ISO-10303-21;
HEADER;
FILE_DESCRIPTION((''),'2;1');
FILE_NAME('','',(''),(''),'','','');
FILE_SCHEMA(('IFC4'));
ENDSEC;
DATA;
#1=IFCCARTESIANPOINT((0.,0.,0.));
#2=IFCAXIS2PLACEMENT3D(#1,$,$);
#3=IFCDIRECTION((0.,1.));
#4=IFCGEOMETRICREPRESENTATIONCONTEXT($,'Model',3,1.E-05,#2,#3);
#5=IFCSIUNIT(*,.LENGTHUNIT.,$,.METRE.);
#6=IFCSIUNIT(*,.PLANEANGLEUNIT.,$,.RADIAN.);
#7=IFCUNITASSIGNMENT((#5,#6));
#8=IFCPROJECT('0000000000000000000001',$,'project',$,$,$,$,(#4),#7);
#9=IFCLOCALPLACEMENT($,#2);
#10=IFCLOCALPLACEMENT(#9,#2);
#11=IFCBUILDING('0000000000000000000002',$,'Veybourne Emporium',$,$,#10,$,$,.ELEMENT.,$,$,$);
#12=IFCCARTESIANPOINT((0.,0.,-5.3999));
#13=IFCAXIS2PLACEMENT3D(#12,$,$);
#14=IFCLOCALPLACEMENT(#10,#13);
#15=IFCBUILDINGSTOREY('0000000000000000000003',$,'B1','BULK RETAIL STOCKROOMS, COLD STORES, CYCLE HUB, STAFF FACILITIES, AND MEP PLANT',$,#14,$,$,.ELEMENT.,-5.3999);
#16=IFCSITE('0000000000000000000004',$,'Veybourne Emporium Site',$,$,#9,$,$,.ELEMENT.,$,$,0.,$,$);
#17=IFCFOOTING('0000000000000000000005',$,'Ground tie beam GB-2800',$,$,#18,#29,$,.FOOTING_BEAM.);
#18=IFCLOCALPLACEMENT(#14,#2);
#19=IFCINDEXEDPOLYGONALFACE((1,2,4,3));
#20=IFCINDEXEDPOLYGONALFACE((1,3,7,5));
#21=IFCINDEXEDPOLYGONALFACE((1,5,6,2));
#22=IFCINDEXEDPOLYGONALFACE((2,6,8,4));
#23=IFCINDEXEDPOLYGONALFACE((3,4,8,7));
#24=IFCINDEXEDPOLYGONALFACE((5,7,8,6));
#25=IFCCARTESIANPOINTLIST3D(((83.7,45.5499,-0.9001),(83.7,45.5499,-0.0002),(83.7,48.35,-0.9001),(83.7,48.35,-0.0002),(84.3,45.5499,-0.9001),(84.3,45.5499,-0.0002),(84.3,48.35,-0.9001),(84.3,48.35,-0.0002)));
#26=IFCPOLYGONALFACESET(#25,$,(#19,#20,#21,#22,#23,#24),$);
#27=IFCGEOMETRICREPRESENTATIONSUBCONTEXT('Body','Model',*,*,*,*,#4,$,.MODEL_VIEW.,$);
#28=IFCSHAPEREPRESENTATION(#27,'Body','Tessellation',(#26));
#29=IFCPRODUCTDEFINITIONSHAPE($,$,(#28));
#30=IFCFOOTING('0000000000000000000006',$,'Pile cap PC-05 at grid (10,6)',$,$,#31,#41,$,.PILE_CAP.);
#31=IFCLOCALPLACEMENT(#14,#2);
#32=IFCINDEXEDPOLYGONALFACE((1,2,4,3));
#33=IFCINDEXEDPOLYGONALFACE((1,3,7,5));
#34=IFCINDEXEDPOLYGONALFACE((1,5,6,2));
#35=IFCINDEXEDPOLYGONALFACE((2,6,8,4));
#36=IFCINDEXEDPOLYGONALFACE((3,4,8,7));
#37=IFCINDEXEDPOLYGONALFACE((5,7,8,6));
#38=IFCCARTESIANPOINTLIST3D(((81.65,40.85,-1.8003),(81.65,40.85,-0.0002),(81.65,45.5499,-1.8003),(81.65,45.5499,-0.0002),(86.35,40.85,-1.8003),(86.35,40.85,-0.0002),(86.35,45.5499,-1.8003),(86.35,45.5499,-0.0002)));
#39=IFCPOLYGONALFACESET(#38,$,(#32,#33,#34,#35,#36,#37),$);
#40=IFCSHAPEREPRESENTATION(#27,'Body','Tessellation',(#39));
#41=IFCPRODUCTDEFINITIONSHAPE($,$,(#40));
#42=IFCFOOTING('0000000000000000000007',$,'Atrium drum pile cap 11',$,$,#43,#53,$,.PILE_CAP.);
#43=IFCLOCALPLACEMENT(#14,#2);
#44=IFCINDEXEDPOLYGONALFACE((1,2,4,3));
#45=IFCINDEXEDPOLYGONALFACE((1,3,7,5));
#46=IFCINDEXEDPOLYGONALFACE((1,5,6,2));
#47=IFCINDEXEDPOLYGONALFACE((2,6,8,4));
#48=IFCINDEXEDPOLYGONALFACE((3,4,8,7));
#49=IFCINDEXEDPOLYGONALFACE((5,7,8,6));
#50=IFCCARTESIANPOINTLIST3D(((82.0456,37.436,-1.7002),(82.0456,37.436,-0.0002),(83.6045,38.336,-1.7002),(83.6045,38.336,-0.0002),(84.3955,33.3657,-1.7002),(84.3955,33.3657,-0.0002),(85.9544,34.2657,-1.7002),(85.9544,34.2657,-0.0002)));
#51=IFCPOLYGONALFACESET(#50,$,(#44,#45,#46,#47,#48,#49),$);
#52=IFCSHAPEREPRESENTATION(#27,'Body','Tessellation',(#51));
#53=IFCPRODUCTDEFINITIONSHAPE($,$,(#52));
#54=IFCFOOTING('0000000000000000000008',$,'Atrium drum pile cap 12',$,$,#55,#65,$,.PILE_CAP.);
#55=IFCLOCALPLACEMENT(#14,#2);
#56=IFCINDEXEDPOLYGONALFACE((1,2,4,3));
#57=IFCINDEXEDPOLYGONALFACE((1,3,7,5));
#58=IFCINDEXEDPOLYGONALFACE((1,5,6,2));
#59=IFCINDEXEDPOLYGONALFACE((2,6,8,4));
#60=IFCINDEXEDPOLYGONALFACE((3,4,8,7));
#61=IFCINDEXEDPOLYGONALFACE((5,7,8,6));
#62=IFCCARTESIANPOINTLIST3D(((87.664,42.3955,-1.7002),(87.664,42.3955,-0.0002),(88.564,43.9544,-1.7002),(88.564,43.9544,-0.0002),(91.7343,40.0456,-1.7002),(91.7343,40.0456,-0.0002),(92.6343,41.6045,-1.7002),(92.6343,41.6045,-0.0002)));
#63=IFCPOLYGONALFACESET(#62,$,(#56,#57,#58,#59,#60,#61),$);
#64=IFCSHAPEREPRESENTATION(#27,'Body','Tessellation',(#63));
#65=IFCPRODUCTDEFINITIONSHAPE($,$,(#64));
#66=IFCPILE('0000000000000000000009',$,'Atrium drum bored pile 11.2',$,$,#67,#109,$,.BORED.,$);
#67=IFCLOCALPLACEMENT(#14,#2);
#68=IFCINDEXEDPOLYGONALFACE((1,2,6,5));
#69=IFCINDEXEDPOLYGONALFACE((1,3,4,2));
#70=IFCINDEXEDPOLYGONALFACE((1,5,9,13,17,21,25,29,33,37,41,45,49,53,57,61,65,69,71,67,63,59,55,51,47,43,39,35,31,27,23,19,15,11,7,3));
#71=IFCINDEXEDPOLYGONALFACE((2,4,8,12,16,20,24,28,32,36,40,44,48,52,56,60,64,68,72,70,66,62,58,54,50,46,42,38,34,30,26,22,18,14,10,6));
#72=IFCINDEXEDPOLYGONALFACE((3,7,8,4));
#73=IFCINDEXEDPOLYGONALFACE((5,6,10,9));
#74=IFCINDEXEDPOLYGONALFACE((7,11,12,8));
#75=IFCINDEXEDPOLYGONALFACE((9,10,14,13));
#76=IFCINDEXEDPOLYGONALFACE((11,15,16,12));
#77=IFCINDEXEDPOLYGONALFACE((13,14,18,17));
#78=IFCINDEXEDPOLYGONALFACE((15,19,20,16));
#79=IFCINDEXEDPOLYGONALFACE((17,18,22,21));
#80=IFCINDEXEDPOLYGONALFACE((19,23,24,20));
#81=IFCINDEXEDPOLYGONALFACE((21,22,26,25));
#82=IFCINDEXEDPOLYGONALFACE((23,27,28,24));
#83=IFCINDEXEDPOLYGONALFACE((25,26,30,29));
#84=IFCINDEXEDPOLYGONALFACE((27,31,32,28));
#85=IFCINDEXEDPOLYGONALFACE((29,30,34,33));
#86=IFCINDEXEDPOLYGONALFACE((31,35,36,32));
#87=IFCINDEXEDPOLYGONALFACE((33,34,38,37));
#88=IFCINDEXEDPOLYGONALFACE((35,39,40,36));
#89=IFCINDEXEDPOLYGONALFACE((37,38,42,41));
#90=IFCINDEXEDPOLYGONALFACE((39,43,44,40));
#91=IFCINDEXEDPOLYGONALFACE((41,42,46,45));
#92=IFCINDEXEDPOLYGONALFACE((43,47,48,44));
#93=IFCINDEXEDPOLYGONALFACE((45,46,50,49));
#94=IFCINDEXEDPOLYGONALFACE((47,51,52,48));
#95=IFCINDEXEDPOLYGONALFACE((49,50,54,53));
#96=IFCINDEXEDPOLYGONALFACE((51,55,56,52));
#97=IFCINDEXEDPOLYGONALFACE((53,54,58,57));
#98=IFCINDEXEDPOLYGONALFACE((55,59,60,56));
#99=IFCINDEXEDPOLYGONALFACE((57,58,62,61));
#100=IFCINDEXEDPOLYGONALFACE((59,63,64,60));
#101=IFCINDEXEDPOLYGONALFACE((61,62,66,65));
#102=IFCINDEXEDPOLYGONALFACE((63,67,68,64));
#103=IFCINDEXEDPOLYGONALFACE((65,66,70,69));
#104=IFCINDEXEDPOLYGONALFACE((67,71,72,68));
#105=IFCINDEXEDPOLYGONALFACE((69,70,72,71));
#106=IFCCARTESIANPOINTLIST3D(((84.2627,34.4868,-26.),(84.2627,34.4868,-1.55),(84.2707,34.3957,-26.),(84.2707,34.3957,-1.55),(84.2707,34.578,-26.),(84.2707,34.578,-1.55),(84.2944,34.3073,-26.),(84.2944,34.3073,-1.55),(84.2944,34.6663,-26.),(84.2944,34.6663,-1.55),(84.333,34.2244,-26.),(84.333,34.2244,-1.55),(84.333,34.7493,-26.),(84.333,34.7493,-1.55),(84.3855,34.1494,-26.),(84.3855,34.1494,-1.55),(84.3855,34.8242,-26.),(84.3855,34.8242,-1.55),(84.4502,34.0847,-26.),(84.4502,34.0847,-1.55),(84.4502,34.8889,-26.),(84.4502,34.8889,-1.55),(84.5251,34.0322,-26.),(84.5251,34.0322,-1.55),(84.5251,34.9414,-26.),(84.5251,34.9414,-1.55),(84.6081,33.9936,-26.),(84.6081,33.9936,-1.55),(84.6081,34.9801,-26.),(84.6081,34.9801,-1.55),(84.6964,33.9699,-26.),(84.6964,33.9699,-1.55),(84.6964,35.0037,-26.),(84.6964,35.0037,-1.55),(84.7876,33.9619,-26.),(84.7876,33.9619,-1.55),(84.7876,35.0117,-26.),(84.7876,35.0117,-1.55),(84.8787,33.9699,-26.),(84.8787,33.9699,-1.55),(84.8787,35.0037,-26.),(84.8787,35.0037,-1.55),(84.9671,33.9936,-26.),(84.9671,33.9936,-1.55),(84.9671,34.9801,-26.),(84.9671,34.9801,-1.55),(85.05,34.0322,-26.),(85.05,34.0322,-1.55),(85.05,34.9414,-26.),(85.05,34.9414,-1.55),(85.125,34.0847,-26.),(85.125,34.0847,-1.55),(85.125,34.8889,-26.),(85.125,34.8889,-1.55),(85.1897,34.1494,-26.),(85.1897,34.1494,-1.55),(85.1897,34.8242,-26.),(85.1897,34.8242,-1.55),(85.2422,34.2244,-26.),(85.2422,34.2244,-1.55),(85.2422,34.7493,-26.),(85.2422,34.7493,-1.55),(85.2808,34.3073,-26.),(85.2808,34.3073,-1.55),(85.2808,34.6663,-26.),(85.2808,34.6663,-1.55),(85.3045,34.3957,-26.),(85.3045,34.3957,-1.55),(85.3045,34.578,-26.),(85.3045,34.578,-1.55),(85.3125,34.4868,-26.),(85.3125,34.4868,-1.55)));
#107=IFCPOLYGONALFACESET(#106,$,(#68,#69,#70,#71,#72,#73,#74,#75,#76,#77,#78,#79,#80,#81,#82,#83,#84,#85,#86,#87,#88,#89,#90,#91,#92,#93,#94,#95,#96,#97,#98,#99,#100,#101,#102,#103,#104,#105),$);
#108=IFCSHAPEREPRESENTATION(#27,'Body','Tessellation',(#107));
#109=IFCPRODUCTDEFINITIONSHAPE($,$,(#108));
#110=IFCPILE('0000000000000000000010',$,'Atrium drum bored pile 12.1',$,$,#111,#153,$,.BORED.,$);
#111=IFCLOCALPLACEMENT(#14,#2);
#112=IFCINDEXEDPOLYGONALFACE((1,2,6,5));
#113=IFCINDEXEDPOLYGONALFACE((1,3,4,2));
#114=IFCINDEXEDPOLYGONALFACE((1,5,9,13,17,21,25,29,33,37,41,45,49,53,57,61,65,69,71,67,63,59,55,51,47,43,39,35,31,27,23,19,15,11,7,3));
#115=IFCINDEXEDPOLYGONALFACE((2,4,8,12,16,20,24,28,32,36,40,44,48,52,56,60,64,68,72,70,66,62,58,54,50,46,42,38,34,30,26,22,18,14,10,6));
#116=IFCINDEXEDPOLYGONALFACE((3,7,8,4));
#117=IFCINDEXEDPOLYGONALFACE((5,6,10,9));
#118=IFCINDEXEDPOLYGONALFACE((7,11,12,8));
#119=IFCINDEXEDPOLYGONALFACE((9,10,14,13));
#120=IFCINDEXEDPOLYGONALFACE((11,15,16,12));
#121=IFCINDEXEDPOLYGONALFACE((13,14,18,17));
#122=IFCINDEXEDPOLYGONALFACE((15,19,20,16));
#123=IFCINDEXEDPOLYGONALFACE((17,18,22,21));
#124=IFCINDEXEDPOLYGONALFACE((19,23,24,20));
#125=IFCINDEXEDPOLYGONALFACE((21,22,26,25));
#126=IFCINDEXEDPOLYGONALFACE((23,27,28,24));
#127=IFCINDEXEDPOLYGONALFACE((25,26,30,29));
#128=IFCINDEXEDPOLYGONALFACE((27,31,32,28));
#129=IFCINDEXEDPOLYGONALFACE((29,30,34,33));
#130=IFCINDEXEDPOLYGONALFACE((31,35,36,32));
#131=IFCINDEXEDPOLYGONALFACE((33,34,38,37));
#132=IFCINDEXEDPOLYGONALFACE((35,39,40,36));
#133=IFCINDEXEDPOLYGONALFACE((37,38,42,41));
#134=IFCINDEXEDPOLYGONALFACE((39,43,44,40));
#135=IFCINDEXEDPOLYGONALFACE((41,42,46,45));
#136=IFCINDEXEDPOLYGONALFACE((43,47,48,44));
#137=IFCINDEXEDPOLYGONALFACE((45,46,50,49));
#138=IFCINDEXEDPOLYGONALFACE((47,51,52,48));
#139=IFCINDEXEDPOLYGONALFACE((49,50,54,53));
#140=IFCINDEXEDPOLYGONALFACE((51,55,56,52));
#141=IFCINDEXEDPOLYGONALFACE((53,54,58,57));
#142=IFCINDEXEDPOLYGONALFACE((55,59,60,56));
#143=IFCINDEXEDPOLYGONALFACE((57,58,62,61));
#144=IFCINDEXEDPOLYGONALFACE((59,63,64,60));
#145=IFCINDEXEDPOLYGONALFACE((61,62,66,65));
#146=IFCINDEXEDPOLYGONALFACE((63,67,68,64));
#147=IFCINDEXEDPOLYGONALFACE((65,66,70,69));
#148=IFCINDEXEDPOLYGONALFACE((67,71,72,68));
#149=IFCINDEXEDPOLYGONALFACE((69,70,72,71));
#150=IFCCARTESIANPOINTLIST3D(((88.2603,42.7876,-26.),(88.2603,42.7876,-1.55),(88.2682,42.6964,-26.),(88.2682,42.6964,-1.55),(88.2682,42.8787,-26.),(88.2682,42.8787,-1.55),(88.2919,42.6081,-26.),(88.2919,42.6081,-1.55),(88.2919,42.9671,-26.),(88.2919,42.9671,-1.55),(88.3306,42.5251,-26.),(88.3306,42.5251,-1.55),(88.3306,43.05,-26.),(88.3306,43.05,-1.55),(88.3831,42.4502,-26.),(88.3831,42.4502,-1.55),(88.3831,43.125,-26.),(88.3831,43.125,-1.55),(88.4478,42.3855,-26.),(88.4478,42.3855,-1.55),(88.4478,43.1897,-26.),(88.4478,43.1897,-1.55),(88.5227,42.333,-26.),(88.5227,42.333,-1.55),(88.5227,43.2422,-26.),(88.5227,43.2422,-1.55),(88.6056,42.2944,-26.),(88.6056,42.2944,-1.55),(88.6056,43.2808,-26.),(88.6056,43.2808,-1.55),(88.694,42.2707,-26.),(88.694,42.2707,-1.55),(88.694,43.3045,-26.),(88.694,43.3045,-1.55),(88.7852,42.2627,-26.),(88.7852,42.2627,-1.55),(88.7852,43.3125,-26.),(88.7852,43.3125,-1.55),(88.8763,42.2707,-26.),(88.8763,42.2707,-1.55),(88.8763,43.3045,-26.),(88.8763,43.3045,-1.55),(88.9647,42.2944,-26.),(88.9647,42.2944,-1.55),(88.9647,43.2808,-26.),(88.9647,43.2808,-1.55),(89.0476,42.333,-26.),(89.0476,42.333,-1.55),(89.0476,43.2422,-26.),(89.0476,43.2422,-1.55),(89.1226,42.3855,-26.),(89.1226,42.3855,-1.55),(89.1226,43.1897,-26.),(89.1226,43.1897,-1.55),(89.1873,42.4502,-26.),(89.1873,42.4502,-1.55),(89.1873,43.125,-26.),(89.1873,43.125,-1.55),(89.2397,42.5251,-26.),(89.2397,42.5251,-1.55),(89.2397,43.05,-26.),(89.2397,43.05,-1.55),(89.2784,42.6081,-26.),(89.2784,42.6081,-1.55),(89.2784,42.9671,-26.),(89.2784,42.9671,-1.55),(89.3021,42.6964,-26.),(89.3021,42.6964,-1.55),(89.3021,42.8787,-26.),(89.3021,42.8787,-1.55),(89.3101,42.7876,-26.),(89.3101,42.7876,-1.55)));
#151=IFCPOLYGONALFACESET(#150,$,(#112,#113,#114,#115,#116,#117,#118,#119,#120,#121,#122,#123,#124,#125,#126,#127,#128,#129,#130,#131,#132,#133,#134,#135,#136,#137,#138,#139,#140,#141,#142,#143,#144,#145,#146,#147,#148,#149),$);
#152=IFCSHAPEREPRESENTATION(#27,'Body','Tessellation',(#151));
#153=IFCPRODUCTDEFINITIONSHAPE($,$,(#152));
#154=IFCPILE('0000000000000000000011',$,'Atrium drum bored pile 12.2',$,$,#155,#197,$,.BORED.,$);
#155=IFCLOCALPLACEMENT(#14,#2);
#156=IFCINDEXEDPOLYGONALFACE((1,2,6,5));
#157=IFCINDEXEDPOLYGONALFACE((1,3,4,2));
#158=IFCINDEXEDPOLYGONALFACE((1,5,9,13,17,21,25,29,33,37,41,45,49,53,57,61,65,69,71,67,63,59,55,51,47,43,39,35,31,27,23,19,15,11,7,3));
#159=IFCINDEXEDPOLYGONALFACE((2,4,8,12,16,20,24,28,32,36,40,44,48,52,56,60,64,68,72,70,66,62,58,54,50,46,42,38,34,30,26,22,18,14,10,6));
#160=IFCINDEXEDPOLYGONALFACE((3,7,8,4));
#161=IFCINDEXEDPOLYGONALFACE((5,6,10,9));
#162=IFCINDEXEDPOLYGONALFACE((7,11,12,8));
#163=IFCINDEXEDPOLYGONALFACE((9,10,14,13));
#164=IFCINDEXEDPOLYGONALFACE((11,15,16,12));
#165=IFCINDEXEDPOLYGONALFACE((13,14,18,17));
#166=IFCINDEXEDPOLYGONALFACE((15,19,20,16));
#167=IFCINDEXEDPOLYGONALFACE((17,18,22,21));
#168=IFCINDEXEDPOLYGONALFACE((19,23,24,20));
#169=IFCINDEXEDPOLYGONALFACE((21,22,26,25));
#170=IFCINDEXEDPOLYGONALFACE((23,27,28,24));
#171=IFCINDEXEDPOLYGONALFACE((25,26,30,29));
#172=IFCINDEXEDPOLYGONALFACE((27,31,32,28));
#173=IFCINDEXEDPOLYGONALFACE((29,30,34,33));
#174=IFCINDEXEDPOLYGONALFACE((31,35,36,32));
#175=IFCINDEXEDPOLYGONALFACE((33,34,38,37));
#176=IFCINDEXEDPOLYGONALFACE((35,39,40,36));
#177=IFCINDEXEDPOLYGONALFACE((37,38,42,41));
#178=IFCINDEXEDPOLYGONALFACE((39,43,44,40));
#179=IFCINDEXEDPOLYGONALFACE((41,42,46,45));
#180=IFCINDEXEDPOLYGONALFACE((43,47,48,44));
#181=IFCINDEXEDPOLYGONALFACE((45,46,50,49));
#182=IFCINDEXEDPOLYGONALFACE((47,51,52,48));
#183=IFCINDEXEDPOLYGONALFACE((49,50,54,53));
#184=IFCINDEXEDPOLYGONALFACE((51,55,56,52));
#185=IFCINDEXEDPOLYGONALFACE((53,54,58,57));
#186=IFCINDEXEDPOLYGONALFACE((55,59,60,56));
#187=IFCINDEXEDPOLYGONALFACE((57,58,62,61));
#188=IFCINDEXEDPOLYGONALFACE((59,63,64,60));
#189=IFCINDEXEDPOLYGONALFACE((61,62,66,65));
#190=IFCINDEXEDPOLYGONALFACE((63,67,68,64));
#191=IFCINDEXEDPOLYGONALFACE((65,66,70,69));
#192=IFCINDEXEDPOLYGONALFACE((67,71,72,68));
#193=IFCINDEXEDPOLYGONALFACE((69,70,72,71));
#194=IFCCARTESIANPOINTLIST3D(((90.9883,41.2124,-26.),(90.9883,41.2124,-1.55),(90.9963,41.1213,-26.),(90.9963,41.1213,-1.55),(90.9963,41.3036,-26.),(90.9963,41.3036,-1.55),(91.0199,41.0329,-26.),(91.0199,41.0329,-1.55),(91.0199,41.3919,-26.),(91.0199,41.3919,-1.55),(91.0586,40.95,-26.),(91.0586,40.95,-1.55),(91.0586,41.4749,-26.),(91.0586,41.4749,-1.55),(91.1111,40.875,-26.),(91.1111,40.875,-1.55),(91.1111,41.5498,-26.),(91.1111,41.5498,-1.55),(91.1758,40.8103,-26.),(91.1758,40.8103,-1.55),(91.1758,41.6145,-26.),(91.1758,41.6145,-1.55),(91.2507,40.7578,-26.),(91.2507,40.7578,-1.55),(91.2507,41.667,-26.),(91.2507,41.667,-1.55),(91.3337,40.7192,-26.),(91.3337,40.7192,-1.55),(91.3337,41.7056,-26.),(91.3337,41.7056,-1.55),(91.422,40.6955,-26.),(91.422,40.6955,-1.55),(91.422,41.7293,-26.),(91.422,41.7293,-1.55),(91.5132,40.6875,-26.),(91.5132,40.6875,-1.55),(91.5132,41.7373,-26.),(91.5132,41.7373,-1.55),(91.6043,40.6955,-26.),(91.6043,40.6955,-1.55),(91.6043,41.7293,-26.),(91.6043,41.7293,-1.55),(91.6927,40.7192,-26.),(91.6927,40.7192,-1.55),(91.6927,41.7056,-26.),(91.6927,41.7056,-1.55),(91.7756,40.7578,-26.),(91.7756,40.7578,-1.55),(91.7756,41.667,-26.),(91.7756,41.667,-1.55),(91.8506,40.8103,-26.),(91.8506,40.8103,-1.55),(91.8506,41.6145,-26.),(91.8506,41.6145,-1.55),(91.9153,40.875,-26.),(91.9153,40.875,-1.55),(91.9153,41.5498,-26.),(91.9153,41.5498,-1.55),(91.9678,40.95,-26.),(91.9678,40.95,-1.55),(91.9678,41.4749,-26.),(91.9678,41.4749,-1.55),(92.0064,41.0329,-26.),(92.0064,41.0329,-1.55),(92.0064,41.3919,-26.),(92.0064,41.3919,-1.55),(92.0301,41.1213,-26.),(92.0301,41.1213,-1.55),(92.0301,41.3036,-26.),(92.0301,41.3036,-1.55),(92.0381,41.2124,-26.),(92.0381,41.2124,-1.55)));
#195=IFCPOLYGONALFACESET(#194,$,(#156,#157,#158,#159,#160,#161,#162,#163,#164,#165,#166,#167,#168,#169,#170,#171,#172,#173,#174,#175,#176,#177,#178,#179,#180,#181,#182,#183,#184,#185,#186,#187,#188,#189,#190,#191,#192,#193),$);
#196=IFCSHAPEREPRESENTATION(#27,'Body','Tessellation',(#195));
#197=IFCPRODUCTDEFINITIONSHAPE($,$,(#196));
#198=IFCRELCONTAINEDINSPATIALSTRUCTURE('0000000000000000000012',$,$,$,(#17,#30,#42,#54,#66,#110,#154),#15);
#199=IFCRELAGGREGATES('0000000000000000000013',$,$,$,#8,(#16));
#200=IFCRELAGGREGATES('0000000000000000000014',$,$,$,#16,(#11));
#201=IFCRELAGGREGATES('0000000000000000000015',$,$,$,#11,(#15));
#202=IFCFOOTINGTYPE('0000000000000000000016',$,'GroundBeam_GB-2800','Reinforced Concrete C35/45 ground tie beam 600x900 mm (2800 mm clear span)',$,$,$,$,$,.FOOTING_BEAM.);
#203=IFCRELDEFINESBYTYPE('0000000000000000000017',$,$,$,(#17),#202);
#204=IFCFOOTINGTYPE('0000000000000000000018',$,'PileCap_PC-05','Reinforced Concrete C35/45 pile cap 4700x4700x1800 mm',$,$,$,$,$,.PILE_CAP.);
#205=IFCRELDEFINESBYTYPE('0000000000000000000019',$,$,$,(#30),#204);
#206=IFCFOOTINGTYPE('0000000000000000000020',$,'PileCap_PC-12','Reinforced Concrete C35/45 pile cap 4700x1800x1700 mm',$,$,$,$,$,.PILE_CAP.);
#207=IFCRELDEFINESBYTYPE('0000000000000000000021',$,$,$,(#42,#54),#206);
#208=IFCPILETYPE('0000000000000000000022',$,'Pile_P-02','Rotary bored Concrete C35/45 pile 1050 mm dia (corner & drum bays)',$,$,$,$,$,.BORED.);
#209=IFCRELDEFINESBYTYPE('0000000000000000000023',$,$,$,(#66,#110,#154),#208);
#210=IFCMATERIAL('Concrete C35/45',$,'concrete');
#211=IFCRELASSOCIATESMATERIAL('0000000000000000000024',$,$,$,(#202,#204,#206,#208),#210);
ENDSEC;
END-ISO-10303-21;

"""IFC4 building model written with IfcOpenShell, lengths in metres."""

from ifc_helpers import new_model, si_unit, direction, frame, origin, origin_2d, place, context, subcontext, project, spatial, rectangle, circle, extrude, material, material_profile, profile_set, type_object, element, save


model = new_model("IFC4")

# Units and contexts
model_context = context("Model", 3, precision=1e-05, world=origin(), true_north=direction((0.0, 1.0)))
body_context = subcontext(model_context, "Body", "Model", "MODEL_VIEW")
ifc_project = project(units=[si_unit("LENGTHUNIT", "METRE"), si_unit("PLANEANGLEUNIT", "RADIAN")], contexts=[model_context])

# Site, building, storey
site_placement = place(None, origin())
site = spatial("IfcSite", under=ifc_project, at=site_placement, Name="Veybourne Emporium Site", CompositionType="ELEMENT", RefElevation=0.0)
building_placement = place(site_placement, origin())
building = spatial("IfcBuilding", under=site, at=building_placement, Name="Veybourne Emporium", CompositionType="ELEMENT")
storey_placement = place(building_placement, frame((0.0, 0.0, -5.3999)))
storey = spatial("IfcBuildingStorey", under=building, at=storey_placement, Name="B1", Description="BULK RETAIL STOCKROOMS, COLD STORES, CYCLE HUB, STAFF FACILITIES, AND MEP PLANT", CompositionType="ELEMENT", Elevation=-5.3999)

# Footings
ifc_material_1 = material(Name="Concrete C35/45", Category="concrete")
footing_type_1 = type_object("IfcFootingType", Name="GroundBeam_GB-2800", Description="Reinforced Concrete C35/45 ground tie beam 600x900 mm (2800 mm clear span)", PredefinedType="FOOTING_BEAM", material=ifc_material_1)
footing_1_placement = place(storey_placement, frame((84.0, 46.95, -0.9001), z_axis=(0.0, 0.0, 1.0), x_axis=(0.0, 1.0, 0.0)))
element("IfcFooting", 1, at=footing_1_placement, inside=storey, type_object=footing_type_1, Name="Ground tie beam GB-2800", PredefinedType="FOOTING_BEAM", context=body_context, shape_type="SweptSolid", body=[
    extrude(rectangle(XDim=2.8, YDim=0.6001, at=origin_2d()), origin(), (0.0, 0.0, 1.0), 0.8999),
])
footing_type_2 = type_object("IfcFootingType", Name="PileCap_PC-05", Description="Reinforced Concrete C35/45 pile cap 4700x4700x1800 mm", PredefinedType="PILE_CAP", material=ifc_material_1)
footing_2_placement = place(storey_placement, frame((84.0, 43.2, -1.8003), z_axis=(0.0, 0.0, 1.0), x_axis=(1.0, 0.0, 0.0)))
element("IfcFooting", 2, at=footing_2_placement, inside=storey, type_object=footing_type_2, Name="Pile cap PC-05 at grid (10,6)", PredefinedType="PILE_CAP", context=body_context, shape_type="SweptSolid", body=[
    extrude(rectangle(XDim=4.7, YDim=4.7, at=origin_2d()), origin(), (0.0, 0.0, 1.0), 1.8),
])
footing_type_3 = type_object("IfcFootingType", Name="PileCap_PC-12", Description="Reinforced Concrete C35/45 pile cap 4700x1800x1700 mm", PredefinedType="PILE_CAP", material=ifc_material_1)
for number, where, z_axis, x_axis, name in (
    (3, (84.0, 35.8508, -1.7002), (0.0, 0.0, 1.0), (0.5, -0.866025, 0.0), "Atrium drum pile cap 11"),
    (4, (90.1492, 42.0, -1.7002), (0.0, 0.0, 1.0), (0.866025, -0.5, 0.0), "Atrium drum pile cap 12"),
):
    element("IfcFooting", number, at=place(storey_placement, frame(where, z_axis=z_axis, x_axis=x_axis)), inside=storey, type_object=footing_type_3, Name=name, PredefinedType="PILE_CAP", context=body_context, shape_type="SweptSolid", body=[
        extrude(rectangle(XDim=4.7, YDim=1.8, at=origin_2d()), origin(), (0.0, 0.0, 1.0), 1.7),
    ])

# Piles
ifc_material_profile_1 = material_profile(ifc_material_1, circle(Radius=0.5249, at=origin_2d()), Name="BORED PILE 1050")
ifc_profile_set_1 = profile_set([ifc_material_profile_1], Name="Concrete C35/45")
pile_type_1 = type_object("IfcPileType", Name="Pile_P-02", Description="Rotary bored Concrete C35/45 pile 1050 mm dia (corner & drum bays)", PredefinedType="BORED", material=ifc_profile_set_1)
for number, where, z_axis, x_axis, name in (
    (5, (84.7876, 34.4868, -1.55), (0.0, 0.0, -1.0), (1.0, 0.0, 0.0), "Atrium drum bored pile 11.2"),
    (6, (88.7852, 42.7876, -1.55), (0.0, 0.0, -1.0), (1.0, 0.0, 0.0), "Atrium drum bored pile 12.1"),
    (7, (91.5132, 41.2124, -1.55), (0.0, 0.0, -1.0), (1.0, 0.0, 0.0), "Atrium drum bored pile 12.2"),
):
    element("IfcPile", number, at=place(storey_placement, frame(where, z_axis=z_axis, x_axis=x_axis)), inside=storey, type_object=pile_type_1, Name=name, PredefinedType="BORED", context=body_context, shape_type="SweptSolid", body=[
        extrude(circle(Radius=0.5249, at=origin_2d()), origin(), (0.0, 0.0, 1.0), 24.45),
    ])

save(model, "model.ifc")
